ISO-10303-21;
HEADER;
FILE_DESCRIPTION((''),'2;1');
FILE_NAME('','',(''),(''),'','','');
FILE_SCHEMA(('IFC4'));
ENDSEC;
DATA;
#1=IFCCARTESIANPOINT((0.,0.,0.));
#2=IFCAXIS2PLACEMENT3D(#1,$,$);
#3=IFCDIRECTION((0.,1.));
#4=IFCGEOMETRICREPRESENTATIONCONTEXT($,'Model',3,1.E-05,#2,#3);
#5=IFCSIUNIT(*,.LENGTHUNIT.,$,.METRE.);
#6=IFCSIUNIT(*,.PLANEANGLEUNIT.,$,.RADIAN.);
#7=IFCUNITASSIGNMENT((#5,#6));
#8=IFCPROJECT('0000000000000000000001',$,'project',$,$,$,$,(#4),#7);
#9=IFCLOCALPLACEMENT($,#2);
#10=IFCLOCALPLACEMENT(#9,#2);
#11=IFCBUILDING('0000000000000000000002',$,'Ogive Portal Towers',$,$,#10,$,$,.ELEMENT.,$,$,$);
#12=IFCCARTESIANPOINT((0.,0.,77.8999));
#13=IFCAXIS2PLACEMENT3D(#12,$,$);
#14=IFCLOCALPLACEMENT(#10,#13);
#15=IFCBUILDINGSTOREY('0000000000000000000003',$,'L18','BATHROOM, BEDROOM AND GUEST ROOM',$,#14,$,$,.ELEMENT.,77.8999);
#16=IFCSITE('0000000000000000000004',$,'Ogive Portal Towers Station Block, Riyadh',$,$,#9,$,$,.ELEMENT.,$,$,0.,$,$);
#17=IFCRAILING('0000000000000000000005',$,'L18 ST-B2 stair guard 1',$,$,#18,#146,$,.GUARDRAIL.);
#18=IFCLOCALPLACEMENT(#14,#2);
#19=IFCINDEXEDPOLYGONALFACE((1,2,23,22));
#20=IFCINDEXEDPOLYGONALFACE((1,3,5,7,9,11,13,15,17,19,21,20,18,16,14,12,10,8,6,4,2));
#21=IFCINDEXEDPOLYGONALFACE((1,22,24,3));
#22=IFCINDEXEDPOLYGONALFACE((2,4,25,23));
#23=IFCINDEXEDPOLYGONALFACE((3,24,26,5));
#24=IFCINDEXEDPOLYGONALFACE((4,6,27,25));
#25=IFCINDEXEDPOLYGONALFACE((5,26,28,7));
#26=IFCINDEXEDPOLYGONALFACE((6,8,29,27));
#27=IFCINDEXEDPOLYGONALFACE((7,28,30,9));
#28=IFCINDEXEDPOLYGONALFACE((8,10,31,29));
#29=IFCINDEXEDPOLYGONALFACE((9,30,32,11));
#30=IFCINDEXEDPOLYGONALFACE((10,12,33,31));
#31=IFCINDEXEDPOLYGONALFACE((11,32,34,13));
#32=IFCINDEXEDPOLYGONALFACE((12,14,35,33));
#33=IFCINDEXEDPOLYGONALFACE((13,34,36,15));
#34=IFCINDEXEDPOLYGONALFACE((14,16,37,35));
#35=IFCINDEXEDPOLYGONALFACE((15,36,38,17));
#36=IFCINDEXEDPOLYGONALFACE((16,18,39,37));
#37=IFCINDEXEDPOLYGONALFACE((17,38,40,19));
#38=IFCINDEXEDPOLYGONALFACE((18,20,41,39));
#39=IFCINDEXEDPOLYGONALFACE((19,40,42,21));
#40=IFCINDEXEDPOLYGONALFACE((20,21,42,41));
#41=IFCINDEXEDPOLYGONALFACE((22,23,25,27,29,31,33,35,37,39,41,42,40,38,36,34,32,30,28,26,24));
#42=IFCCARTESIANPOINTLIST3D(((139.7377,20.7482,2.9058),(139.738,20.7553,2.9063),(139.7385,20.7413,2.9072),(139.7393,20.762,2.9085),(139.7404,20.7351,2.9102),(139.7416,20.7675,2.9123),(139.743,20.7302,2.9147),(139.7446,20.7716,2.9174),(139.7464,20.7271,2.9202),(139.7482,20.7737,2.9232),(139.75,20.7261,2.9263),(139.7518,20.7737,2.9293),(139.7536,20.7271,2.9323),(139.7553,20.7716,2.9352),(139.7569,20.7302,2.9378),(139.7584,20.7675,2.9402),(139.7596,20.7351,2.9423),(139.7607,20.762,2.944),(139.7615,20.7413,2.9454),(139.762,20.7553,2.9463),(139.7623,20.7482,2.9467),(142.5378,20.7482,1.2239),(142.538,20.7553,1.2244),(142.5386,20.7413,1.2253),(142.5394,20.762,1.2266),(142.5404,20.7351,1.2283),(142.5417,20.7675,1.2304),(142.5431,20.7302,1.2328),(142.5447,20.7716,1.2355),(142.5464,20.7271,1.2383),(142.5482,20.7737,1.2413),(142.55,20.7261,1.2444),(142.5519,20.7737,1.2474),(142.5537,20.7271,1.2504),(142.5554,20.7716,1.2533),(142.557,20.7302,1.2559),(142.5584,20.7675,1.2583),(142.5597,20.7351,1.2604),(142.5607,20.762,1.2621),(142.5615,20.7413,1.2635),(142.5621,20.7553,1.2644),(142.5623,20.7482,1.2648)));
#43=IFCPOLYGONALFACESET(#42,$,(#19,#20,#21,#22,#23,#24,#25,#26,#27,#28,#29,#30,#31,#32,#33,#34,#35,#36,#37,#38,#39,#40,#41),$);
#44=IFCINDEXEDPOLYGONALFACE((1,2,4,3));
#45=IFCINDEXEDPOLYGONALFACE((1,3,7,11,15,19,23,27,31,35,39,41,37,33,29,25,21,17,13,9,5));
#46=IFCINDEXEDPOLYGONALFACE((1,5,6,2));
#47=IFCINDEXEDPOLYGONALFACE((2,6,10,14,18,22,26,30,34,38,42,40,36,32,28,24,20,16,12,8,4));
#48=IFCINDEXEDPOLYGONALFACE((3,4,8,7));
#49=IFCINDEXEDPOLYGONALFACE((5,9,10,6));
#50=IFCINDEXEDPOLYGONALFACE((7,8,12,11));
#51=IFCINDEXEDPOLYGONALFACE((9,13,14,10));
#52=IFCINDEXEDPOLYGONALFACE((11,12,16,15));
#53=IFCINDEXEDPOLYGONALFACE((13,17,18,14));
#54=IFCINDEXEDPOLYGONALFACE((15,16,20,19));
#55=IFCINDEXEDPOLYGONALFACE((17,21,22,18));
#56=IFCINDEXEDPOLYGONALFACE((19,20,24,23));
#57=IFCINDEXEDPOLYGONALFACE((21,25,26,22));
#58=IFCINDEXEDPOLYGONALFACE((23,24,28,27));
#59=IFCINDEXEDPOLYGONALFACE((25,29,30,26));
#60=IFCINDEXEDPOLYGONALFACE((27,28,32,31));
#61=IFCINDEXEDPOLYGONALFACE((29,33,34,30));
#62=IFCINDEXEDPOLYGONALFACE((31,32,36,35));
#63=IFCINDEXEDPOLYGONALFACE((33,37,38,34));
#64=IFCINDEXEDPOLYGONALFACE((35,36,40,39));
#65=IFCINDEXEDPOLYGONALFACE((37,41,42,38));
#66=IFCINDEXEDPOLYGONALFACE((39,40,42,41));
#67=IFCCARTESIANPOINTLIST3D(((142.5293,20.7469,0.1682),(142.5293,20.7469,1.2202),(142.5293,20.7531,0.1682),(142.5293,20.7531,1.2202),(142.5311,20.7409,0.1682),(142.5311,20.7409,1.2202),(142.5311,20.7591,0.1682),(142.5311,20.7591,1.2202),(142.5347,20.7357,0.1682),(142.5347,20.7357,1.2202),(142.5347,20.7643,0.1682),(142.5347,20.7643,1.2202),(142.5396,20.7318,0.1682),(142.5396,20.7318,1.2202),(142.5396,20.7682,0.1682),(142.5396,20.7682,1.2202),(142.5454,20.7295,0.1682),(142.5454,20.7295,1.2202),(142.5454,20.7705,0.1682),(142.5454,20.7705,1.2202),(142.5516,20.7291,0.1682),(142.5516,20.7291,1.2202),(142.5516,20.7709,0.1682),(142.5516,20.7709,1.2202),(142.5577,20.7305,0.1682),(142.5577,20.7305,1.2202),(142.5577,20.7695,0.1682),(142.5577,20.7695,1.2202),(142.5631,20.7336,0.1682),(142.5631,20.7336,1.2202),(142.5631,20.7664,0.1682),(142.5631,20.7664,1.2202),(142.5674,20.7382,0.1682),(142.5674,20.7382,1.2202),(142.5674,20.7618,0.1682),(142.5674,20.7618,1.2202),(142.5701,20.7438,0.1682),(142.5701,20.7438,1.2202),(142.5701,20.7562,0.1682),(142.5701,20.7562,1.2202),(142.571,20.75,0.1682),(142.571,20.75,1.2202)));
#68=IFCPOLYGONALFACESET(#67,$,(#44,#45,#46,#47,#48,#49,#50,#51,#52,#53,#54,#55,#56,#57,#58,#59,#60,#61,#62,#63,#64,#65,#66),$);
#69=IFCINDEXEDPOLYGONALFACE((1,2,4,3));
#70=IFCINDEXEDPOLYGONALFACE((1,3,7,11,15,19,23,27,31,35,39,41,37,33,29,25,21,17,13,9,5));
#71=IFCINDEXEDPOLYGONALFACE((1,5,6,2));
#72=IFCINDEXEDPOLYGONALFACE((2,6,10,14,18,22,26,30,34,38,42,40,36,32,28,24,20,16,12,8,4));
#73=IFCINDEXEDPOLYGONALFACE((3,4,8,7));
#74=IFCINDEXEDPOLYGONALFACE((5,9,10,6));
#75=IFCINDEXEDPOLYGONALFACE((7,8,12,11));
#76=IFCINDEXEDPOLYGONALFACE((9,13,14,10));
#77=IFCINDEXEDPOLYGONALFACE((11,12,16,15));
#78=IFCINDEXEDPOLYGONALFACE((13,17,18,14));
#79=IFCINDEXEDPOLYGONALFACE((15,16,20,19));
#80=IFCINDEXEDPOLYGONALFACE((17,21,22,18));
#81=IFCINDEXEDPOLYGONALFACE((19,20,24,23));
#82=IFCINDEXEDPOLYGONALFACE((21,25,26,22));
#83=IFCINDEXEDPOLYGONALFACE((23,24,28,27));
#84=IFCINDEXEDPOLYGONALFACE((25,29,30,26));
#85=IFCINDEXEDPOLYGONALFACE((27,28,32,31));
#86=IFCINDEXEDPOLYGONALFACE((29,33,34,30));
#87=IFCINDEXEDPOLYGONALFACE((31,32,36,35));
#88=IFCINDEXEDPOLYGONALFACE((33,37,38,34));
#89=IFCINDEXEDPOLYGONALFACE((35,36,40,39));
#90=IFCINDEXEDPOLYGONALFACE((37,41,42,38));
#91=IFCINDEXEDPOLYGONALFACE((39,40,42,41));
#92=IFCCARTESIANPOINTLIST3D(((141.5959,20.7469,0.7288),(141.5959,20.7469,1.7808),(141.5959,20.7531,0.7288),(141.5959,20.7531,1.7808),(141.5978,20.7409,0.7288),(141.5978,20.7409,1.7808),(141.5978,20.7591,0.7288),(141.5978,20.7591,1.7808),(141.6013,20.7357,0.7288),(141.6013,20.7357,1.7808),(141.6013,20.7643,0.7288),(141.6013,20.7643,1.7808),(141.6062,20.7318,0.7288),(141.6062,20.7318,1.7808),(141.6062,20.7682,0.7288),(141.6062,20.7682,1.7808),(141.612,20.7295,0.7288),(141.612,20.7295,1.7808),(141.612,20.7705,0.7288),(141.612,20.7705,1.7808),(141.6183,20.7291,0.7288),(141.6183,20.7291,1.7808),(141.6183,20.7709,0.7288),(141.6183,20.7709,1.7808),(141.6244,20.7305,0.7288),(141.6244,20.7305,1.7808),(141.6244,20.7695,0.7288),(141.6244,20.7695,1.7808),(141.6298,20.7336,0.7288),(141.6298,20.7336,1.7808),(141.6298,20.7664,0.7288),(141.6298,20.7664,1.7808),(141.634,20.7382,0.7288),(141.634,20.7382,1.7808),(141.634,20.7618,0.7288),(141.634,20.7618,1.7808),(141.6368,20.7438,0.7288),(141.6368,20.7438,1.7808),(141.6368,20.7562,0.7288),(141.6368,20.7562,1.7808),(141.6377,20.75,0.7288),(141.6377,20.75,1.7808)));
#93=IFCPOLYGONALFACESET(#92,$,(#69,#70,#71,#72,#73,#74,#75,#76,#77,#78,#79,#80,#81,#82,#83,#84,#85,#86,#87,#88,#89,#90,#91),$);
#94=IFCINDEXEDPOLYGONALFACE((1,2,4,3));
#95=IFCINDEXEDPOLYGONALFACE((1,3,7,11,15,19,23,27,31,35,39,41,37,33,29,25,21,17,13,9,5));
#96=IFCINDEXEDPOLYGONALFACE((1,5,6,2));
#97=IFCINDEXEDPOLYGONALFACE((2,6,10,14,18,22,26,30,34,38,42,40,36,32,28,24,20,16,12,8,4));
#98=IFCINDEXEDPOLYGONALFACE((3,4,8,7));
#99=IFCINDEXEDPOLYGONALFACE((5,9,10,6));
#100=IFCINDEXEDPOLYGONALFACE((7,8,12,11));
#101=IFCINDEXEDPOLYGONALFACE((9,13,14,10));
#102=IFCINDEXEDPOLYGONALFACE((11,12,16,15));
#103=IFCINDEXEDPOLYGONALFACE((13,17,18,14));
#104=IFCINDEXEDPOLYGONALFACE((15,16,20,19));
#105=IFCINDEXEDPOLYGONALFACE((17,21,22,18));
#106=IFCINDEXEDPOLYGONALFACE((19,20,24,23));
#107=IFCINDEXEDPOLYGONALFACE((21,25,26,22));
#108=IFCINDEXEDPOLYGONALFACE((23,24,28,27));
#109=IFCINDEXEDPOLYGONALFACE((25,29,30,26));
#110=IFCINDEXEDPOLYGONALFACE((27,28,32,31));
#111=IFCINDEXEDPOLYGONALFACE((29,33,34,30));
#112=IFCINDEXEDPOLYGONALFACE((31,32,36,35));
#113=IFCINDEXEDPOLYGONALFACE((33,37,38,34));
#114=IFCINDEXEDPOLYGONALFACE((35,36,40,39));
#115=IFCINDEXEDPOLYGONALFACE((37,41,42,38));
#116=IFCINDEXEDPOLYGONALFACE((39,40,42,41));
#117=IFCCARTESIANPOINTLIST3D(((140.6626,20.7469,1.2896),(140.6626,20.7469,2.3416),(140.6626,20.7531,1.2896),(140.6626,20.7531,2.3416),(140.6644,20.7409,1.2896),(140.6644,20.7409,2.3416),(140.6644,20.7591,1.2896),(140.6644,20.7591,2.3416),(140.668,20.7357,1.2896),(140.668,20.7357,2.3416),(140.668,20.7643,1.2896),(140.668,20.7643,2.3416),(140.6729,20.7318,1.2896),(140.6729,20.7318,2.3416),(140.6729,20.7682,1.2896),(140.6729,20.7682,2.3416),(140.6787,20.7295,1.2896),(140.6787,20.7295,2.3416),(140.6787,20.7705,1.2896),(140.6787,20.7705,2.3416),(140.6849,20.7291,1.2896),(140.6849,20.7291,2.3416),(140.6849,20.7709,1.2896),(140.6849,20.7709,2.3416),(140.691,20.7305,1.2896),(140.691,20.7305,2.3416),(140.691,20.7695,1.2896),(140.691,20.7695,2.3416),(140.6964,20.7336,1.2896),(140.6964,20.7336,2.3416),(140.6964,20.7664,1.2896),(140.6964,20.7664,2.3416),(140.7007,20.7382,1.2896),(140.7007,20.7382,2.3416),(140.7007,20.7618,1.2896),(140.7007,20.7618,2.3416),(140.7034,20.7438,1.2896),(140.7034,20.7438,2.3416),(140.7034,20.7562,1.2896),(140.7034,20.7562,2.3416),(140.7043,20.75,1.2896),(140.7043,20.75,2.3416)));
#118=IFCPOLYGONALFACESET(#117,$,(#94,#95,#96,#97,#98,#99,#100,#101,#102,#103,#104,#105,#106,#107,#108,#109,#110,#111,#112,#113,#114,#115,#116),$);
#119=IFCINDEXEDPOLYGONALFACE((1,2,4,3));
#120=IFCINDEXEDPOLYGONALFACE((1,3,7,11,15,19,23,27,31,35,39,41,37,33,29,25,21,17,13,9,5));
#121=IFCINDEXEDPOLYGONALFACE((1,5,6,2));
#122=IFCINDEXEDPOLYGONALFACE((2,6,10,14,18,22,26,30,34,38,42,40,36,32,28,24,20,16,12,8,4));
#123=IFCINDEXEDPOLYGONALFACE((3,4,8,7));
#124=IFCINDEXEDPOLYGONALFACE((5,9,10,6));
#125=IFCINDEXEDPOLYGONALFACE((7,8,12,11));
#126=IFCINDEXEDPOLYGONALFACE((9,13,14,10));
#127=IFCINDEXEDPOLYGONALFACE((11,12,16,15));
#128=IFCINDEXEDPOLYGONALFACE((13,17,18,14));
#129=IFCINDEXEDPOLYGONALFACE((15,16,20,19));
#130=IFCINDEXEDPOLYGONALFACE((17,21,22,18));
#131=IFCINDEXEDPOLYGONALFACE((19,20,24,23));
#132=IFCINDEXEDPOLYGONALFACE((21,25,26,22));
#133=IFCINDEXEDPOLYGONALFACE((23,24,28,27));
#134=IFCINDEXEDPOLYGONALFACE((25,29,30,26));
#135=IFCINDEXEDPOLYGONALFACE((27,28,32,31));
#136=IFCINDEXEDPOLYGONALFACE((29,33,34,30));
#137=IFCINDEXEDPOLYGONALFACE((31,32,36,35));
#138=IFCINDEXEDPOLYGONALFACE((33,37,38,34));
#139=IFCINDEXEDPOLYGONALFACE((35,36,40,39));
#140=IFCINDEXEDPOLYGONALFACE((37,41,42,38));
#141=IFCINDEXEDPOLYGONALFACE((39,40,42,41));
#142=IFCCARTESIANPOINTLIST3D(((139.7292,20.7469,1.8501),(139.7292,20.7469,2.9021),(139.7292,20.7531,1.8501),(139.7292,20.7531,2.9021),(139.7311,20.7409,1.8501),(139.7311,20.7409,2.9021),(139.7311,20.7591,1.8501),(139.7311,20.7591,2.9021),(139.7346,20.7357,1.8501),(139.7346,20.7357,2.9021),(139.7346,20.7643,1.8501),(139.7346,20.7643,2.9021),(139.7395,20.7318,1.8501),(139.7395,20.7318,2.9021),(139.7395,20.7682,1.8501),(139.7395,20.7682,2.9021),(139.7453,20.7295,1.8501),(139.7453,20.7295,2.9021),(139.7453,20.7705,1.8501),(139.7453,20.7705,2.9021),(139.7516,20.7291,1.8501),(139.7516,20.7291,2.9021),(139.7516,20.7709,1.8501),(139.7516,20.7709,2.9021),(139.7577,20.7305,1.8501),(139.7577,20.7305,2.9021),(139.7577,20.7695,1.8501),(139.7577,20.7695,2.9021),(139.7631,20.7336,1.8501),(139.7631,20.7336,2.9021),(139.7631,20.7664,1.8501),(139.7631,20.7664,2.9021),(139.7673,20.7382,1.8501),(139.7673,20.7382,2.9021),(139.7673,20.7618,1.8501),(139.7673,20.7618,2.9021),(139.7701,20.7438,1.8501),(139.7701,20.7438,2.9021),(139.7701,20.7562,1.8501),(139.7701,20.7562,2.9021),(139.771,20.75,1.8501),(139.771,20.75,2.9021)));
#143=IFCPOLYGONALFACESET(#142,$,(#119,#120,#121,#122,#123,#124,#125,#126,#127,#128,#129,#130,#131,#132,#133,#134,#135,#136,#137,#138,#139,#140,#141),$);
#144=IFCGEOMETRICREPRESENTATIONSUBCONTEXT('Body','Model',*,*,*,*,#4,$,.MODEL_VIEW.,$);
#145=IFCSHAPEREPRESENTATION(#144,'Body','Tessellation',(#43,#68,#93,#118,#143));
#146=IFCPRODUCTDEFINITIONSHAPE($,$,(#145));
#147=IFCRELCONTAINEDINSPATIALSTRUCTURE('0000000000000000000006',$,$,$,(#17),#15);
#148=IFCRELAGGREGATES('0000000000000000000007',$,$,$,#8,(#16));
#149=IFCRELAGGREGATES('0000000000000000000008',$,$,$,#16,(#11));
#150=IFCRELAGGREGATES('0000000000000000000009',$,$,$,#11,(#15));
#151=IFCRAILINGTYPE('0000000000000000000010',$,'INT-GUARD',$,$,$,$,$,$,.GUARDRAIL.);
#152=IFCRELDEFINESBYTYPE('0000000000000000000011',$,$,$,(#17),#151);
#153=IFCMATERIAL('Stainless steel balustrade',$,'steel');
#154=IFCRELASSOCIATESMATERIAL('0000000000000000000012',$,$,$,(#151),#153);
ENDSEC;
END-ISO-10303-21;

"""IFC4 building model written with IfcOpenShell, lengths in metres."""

from ifc_helpers import new_model, si_unit, direction, frame, origin, origin_2d, place, context, subcontext, project, spatial, circle, extrude, material, type_object, element, save


model = new_model("IFC4")

# Units and contexts
model_context = context("Model", 3, precision=1e-05, world=origin(), true_north=direction((0.0, 1.0)))
body_context = subcontext(model_context, "Body", "Model", "MODEL_VIEW")
ifc_project = project(units=[si_unit("LENGTHUNIT", "METRE"), si_unit("PLANEANGLEUNIT", "RADIAN")], contexts=[model_context])

# Site, building, storey
site_placement = place(None, origin())
site = spatial("IfcSite", under=ifc_project, at=site_placement, Name="Ogive Portal Towers Station Block, Riyadh", CompositionType="ELEMENT", RefElevation=0.0)
building_placement = place(site_placement, origin())
building = spatial("IfcBuilding", under=site, at=building_placement, Name="Ogive Portal Towers", CompositionType="ELEMENT")
storey_placement = place(building_placement, frame((0.0, 0.0, 77.8999)))
storey = spatial("IfcBuildingStorey", under=building, at=storey_placement, Name="L18", Description="BATHROOM, BEDROOM AND GUEST ROOM", CompositionType="ELEMENT", Elevation=77.8999)

# Railing
ifc_material_1 = material(Name="Stainless steel balustrade", Category="steel")
railing_type_1 = type_object("IfcRailingType", Name="INT-GUARD", PredefinedType="GUARDRAIL", material=ifc_material_1)
railing_1_placement = place(storey_placement, frame((142.55, 20.75, 0.1682)))
element("IfcRailing", 1, at=railing_1_placement, inside=storey, type_object=railing_type_1, Name="L18 ST-B2 stair guard 1", PredefinedType="GUARDRAIL", context=body_context, shape_type="SweptSolid", body=[
    extrude(circle(Radius=0.0239, at=origin_2d()), frame((0.0, 0.0, 1.0762), z_axis=(-0.857242, 0.0, 0.514913), x_axis=(0.0, -1.0, 0.0)), (0.0, 0.0, 1.0), 3.2664),
    extrude(circle(Radius=0.021, at=origin_2d()), origin(), (0.0, 0.0, 1.0), 1.052),
    extrude(circle(Radius=0.021, at=origin_2d()), frame((-0.9333, 0.0, 0.5605)), (0.0, 0.0, 1.0), 1.052),
    extrude(circle(Radius=0.021, at=origin_2d()), frame((-1.8667, 0.0, 1.1213)), (0.0, 0.0, 1.0), 1.052),
    extrude(circle(Radius=0.021, at=origin_2d()), frame((-2.8, 0.0, 1.6819)), (0.0, 0.0, 1.0), 1.052),
])

save(model, "model.ifc")
